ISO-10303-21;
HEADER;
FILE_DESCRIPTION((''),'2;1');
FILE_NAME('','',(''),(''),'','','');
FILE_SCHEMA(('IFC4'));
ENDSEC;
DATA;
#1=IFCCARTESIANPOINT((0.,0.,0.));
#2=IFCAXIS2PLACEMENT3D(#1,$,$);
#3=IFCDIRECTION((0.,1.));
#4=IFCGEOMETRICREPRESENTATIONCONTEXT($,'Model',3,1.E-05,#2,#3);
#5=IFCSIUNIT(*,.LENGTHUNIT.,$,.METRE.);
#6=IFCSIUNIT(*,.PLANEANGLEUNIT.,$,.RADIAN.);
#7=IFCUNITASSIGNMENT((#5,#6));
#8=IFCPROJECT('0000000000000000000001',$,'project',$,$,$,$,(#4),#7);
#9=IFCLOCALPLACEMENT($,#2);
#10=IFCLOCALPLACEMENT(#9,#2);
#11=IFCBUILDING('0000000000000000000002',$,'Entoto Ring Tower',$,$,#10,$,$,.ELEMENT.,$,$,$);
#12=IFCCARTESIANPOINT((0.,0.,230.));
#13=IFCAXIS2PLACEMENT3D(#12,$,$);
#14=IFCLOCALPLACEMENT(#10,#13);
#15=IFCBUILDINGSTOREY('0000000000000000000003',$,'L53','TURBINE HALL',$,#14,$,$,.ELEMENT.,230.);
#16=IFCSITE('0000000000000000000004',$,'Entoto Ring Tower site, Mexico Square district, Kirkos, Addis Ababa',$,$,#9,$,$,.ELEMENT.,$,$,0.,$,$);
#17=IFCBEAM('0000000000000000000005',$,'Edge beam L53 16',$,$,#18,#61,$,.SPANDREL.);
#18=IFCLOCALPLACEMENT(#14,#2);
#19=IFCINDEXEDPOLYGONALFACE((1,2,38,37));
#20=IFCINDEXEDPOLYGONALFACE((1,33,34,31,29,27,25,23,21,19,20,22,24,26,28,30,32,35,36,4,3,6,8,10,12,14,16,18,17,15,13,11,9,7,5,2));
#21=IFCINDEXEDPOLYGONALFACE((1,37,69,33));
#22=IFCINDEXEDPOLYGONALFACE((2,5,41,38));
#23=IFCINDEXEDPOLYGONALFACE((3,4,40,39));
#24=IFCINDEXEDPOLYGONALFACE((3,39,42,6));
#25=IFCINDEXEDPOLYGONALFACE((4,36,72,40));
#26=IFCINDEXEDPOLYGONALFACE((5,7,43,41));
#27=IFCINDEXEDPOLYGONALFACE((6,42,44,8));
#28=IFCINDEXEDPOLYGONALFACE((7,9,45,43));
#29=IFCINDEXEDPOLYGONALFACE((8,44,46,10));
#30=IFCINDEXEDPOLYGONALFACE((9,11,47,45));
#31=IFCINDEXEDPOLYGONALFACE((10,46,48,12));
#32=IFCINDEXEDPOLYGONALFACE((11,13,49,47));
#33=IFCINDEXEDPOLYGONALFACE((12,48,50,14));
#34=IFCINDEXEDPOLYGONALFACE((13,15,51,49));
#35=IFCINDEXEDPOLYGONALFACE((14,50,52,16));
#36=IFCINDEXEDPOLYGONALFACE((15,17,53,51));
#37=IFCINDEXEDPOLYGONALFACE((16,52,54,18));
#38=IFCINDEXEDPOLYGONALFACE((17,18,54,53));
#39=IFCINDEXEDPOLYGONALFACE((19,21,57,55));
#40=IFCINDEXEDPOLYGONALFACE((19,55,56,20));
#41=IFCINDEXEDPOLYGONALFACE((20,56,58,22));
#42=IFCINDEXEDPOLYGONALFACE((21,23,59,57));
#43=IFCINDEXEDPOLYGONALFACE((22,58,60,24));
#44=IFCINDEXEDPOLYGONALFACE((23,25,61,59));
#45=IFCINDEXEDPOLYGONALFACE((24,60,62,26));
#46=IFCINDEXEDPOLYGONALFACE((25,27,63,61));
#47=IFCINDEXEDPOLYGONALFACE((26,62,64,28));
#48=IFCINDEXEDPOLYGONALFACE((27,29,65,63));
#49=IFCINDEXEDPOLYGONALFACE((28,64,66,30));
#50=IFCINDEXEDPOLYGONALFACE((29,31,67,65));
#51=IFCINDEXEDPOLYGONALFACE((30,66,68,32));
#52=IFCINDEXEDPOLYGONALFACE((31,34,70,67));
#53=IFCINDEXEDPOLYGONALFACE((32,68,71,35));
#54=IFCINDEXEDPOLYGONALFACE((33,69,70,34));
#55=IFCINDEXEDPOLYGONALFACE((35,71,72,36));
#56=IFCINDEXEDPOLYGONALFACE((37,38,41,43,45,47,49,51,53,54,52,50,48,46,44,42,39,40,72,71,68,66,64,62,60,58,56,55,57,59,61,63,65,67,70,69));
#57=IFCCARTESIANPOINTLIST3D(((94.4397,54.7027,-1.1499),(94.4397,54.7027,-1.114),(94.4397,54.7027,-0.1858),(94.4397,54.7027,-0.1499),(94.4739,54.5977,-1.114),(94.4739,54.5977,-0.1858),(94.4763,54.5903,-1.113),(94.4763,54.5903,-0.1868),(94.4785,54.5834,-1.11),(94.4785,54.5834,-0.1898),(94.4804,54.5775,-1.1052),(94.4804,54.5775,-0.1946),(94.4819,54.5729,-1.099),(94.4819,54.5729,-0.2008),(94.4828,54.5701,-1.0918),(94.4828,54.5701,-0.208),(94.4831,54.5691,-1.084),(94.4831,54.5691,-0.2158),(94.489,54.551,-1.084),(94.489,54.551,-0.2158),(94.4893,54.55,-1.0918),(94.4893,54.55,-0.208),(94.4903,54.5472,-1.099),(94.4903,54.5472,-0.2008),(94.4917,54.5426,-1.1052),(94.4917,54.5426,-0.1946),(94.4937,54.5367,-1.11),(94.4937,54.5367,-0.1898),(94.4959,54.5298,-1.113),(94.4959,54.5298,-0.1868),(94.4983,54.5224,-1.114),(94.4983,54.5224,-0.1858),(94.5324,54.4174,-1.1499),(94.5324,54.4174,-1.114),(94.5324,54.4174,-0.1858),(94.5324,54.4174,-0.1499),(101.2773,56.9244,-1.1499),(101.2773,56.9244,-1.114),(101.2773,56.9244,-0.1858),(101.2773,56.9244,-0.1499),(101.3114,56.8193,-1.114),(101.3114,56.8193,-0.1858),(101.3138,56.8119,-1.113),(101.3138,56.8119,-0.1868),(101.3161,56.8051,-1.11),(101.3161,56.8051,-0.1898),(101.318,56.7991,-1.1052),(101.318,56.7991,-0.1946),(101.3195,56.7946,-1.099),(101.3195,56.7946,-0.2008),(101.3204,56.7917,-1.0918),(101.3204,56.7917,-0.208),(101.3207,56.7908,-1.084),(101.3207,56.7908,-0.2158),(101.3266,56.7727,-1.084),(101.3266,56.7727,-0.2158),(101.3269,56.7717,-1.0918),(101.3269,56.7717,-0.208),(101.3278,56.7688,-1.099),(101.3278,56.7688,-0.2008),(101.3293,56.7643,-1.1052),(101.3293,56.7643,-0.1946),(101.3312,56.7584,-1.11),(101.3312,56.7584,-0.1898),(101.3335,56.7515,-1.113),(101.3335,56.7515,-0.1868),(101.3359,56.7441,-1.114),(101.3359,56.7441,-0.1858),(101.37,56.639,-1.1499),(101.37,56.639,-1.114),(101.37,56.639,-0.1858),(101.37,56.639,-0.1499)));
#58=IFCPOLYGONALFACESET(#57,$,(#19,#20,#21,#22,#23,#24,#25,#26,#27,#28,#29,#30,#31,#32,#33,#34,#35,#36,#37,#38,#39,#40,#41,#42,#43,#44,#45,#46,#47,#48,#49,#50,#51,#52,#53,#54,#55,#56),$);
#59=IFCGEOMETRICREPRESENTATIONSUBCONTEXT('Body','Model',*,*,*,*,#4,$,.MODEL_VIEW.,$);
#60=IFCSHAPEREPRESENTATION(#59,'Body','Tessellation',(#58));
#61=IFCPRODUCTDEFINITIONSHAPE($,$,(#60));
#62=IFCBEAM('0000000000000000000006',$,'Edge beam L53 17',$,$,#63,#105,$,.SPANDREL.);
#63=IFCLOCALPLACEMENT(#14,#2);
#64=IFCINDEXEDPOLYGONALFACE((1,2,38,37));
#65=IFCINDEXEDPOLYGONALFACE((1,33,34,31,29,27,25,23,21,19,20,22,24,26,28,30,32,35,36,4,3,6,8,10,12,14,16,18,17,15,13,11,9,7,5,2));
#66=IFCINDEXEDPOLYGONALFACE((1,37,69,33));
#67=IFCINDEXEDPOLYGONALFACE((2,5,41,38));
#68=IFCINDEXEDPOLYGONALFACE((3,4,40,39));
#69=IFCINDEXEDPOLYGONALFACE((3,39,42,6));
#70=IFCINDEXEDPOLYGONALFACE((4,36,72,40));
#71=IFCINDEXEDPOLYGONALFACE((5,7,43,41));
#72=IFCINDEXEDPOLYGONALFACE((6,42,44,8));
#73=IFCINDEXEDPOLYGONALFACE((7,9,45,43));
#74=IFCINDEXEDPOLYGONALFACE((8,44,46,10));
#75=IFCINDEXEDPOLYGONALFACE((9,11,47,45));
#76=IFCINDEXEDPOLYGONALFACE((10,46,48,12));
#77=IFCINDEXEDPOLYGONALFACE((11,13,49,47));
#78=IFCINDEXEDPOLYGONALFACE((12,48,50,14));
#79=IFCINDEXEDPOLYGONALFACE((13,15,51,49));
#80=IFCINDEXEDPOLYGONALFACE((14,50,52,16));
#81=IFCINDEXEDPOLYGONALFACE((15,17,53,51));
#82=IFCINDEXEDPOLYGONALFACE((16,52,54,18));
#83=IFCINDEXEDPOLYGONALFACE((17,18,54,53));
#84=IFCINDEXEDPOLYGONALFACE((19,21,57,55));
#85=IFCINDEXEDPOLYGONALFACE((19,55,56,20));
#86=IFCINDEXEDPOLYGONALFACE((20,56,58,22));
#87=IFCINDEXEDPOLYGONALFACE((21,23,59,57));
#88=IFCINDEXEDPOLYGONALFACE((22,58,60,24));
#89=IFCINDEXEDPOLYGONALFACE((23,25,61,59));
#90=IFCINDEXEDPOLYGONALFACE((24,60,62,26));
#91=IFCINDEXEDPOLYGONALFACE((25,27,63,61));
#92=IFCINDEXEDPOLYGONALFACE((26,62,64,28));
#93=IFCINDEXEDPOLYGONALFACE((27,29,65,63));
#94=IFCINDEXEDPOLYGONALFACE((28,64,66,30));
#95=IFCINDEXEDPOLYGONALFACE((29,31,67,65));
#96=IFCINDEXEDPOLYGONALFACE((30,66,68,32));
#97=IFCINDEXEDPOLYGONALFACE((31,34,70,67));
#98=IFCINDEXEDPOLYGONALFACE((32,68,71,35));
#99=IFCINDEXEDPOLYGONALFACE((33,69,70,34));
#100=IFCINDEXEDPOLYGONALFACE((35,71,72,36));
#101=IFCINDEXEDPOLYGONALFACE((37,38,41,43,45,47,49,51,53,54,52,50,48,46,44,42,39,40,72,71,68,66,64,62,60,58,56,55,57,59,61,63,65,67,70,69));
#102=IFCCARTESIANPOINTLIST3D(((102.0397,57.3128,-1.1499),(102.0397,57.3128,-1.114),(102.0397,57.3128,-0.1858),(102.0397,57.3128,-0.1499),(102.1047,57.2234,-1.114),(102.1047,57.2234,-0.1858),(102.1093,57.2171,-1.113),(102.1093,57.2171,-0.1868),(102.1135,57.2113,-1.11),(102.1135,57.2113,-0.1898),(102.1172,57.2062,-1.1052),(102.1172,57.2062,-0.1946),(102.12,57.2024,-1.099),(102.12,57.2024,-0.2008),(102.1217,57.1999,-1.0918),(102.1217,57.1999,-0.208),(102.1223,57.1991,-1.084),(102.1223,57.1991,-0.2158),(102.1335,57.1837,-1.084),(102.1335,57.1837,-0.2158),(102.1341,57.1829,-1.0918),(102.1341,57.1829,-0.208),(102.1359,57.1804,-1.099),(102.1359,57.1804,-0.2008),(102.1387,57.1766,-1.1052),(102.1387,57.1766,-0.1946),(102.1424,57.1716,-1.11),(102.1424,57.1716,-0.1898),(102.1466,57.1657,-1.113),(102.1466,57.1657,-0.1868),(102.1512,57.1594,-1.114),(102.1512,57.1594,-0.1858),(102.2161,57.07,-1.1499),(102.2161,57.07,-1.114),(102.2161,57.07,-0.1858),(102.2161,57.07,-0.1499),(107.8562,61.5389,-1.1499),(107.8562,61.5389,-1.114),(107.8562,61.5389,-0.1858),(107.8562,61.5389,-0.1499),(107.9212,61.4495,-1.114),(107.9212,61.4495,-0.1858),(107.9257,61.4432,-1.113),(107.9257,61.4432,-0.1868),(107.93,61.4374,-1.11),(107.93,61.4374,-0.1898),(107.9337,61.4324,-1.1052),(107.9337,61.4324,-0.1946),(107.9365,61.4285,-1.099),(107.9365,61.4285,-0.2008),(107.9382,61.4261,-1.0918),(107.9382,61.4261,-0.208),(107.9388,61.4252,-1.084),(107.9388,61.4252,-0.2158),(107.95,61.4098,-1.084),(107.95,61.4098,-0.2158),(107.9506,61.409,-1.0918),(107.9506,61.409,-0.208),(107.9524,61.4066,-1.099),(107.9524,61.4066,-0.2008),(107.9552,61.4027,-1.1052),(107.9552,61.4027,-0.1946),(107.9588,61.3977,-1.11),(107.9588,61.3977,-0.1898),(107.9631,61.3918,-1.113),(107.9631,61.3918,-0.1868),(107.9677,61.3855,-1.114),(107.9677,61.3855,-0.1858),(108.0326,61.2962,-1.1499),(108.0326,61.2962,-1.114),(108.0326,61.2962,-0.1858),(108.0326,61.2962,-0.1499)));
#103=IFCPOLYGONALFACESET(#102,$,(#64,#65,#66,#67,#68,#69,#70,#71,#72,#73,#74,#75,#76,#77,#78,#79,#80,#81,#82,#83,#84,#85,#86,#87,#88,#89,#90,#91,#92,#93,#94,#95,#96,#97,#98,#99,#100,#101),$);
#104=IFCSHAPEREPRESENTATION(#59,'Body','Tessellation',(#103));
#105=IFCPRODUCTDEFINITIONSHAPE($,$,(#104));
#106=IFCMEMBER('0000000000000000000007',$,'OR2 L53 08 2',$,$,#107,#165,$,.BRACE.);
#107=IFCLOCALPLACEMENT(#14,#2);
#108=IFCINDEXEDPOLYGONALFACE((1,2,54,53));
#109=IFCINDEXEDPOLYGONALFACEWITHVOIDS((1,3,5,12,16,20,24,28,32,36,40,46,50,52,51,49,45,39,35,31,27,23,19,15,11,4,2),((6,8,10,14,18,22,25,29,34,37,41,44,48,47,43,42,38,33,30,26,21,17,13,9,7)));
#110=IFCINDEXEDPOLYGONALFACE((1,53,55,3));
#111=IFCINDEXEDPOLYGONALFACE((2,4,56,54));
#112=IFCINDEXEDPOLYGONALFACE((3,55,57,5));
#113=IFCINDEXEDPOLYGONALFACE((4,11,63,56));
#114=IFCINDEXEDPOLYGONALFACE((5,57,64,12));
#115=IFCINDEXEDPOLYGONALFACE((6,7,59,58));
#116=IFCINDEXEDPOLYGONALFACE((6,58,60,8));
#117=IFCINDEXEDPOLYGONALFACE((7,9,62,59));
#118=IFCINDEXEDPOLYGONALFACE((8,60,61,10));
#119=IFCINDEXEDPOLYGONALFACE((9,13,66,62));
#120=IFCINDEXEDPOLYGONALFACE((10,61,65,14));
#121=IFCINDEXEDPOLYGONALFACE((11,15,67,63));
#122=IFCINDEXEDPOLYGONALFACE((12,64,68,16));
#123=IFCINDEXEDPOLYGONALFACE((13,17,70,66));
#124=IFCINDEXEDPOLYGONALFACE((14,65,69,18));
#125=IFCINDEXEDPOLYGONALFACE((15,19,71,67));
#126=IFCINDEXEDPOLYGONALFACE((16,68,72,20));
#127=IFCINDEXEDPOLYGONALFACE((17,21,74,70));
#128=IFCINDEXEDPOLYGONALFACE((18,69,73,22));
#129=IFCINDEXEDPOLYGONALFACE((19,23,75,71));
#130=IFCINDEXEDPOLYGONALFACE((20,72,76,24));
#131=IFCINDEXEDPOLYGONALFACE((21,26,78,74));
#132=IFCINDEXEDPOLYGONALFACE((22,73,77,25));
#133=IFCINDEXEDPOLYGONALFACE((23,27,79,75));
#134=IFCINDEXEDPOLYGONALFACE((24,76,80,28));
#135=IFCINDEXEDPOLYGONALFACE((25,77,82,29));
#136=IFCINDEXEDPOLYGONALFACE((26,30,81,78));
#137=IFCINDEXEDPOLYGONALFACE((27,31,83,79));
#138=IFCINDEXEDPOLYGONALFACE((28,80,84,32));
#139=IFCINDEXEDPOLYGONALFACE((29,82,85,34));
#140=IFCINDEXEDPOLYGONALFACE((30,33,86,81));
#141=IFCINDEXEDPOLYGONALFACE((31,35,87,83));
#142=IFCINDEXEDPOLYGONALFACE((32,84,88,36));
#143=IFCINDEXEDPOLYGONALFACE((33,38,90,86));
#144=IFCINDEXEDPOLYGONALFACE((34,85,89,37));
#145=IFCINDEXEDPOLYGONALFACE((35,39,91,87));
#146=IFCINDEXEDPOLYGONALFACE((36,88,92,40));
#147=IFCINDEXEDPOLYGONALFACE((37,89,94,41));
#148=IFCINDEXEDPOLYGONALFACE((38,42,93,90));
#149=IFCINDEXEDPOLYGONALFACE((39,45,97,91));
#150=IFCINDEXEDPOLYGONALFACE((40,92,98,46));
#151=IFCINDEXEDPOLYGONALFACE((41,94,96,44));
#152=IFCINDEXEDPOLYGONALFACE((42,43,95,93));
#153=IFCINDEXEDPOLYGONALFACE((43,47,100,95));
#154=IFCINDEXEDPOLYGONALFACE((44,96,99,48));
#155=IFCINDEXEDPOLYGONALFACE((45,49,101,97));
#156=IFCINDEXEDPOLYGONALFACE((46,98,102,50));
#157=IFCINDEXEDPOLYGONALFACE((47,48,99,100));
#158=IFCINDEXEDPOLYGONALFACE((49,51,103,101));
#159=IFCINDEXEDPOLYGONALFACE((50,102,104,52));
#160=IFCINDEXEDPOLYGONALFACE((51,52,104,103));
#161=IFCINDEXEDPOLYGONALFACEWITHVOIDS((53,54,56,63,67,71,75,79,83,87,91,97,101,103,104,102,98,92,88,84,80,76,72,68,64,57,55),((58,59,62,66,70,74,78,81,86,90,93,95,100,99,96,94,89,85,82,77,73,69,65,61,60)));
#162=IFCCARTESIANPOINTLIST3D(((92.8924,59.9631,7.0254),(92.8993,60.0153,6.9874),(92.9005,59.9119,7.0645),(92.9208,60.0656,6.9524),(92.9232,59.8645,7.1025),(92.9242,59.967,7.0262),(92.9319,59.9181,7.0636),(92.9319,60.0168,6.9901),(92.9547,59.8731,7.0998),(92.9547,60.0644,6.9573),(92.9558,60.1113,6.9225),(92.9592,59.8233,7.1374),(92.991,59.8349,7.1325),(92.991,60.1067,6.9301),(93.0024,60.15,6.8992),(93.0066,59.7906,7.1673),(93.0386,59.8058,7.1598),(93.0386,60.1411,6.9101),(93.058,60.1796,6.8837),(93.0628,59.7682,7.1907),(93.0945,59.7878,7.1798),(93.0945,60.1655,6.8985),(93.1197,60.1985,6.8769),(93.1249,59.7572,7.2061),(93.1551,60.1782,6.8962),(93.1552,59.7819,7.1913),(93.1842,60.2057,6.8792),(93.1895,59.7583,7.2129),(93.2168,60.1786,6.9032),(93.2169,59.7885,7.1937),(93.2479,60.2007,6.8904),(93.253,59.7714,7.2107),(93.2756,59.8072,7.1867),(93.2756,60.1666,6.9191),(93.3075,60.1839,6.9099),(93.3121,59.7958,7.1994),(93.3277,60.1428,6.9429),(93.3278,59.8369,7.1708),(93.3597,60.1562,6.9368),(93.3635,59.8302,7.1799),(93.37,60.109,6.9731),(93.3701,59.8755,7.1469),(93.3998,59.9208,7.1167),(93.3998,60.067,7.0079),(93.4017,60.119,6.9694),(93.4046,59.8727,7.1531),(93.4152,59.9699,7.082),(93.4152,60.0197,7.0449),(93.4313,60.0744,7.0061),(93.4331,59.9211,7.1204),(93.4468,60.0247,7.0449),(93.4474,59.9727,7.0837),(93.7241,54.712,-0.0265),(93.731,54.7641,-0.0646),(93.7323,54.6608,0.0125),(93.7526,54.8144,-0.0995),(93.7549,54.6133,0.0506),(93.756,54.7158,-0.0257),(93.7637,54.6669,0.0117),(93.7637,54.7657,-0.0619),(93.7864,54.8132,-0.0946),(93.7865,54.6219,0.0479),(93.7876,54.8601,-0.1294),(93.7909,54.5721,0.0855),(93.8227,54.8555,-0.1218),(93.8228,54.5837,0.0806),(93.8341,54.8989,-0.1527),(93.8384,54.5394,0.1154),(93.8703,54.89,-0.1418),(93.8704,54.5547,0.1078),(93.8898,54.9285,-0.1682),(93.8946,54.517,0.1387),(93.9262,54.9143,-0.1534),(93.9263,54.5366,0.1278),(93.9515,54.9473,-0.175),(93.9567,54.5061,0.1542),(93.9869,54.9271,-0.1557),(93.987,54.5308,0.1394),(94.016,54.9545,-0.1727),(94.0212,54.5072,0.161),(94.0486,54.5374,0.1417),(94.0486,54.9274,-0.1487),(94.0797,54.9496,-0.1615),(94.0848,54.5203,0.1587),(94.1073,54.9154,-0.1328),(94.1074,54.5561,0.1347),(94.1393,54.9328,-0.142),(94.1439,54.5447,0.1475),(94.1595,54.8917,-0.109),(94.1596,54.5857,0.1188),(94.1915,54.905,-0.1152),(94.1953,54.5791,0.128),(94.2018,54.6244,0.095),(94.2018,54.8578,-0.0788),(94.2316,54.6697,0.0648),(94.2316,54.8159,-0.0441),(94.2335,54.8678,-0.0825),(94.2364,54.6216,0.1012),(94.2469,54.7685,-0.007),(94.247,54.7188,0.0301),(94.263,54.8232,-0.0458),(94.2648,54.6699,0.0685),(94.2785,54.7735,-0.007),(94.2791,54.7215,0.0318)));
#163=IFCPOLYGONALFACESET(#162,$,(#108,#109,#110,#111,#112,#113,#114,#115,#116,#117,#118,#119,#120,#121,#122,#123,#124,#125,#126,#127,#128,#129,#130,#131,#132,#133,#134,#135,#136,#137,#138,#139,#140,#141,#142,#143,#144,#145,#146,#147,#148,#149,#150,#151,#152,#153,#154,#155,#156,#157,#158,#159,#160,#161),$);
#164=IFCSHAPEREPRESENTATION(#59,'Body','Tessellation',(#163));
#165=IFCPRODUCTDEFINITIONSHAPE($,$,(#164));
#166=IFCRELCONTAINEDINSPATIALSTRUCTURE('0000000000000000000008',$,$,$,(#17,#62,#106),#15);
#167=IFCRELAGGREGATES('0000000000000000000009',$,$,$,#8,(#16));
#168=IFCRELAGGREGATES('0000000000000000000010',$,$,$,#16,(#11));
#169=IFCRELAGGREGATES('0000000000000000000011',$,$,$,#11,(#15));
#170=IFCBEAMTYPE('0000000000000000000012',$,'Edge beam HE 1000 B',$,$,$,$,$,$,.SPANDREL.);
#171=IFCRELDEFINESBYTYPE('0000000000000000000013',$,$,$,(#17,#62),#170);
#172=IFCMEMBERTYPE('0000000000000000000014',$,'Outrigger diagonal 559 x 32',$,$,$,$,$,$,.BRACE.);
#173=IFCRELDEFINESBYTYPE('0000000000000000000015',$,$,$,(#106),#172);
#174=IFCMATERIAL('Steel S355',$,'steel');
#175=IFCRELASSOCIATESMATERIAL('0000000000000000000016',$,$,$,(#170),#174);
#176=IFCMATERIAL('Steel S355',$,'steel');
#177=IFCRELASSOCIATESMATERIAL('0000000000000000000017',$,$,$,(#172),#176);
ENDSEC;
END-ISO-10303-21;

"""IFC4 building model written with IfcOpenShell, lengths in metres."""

from ifc_helpers import new_model, si_unit, direction, frame, origin, origin_2d, place, context, subcontext, project, spatial, circle, hollow_circle, i_section, extrude, material, material_profile, profile_set, type_object, element, save


model = new_model("IFC4")

# Units and contexts
model_context = context("Model", 3, precision=1e-05, world=origin(), true_north=direction((0.0, 1.0)))
body_context = subcontext(model_context, "Body", "Model", "MODEL_VIEW")
ifc_project = project(units=[si_unit("LENGTHUNIT", "METRE"), si_unit("PLANEANGLEUNIT", "RADIAN")], contexts=[model_context])

# Site, building, storey
site_placement = place(None, origin())
site = spatial("IfcSite", under=ifc_project, at=site_placement, Name="Entoto Ring Tower site, Mexico Square district, Kirkos, Addis Ababa", CompositionType="ELEMENT", RefElevation=0.0)
building_placement = place(site_placement, origin())
building = spatial("IfcBuilding", under=site, at=building_placement, Name="Entoto Ring Tower", CompositionType="ELEMENT")
storey_placement = place(building_placement, frame((0.0, 0.0, 230.0)))
storey = spatial("IfcBuildingStorey", under=building, at=storey_placement, Name="L53", Description="TURBINE HALL", CompositionType="ELEMENT", Elevation=230.0)

# Beams
ifc_material_1 = material(Name="Steel S355", Category="steel")
ifc_material_profile_1 = material_profile(ifc_material_1, i_section(OverallWidth=0.3, OverallDepth=1.0, WebThickness=0.019, FlangeThickness=0.0359, FilletRadius=0.03, at=origin_2d()), Name="HE 1000 B")
ifc_profile_set_1 = profile_set([ifc_material_profile_1], Name="Steel S355")
beam_type_1 = type_object("IfcBeamType", Name="Edge beam HE 1000 B", PredefinedType="SPANDREL", material=ifc_profile_set_1)
beam_1_placement = place(storey_placement, frame((94.4861, 54.5601, -0.6499), z_axis=(0.951057, 0.309016, 0.0), x_axis=(-0.309016, 0.951057, 0.0)))
element("IfcBeam", 1, at=beam_1_placement, inside=storey, type_object=beam_type_1, Name="Edge beam L53 16", PredefinedType="SPANDREL", context=body_context, shape_type="SweptSolid", body=[
    extrude(i_section(OverallWidth=0.3, OverallDepth=1.0, WebThickness=0.019, FlangeThickness=0.0359, FilletRadius=0.03, at=origin_2d()), origin(), (0.0, 0.0, 1.0), 7.1895),
])
beam_2_placement = place(storey_placement, frame((102.1279, 57.1914, -0.6499), z_axis=(0.809003, 0.587804, 0.0), x_axis=(-0.587804, 0.809003, 0.0)))
element("IfcBeam", 2, at=beam_2_placement, inside=storey, type_object=beam_type_1, Name="Edge beam L53 17", PredefinedType="SPANDREL", context=body_context, shape_type="SweptSolid", body=[
    extrude(i_section(OverallWidth=0.3, OverallDepth=1.0, WebThickness=0.019, FlangeThickness=0.0359, FilletRadius=0.03, at=origin_2d()), origin(), (0.0, 0.0, 1.0), 7.1897),
])

# Member
ifc_material_2 = material(Name="Steel S355", Category="steel")
ifc_material_profile_2 = material_profile(ifc_material_2, hollow_circle(Radius=0.2795, WallThickness=0.032, at=origin_2d()), Name="CHS 559 x 32")
ifc_material_3 = material(Name="Concrete C60/75", Category="concrete")
ifc_material_profile_3 = material_profile(ifc_material_3, circle(Radius=0.2476, at=origin_2d()), Name="Concrete C60/75 infill")
ifc_profile_set_2 = profile_set([ifc_material_profile_2, ifc_material_profile_3], Name="Steel S355")
member_type_1 = type_object("IfcMemberType", Name="Outrigger diagonal 559 x 32", PredefinedType="BRACE", material=ifc_profile_set_2)
member_1_placement = place(storey_placement, frame((93.1707, 59.981, 7.0449), z_axis=(0.094183, -0.594592, -0.798493), x_axis=(0.987686, 0.156448, 0.0)))
element("IfcMember", 3, at=member_1_placement, inside=storey, type_object=member_type_1, Name="OR2 L53 08 2", PredefinedType="BRACE", context=body_context, shape_type="SweptSolid", body=[
    extrude(hollow_circle(Radius=0.2795, WallThickness=0.032, at=origin_2d()), origin(), (0.0, 0.0, 1.0), 8.8315),
])

save(model, "model.ifc")
